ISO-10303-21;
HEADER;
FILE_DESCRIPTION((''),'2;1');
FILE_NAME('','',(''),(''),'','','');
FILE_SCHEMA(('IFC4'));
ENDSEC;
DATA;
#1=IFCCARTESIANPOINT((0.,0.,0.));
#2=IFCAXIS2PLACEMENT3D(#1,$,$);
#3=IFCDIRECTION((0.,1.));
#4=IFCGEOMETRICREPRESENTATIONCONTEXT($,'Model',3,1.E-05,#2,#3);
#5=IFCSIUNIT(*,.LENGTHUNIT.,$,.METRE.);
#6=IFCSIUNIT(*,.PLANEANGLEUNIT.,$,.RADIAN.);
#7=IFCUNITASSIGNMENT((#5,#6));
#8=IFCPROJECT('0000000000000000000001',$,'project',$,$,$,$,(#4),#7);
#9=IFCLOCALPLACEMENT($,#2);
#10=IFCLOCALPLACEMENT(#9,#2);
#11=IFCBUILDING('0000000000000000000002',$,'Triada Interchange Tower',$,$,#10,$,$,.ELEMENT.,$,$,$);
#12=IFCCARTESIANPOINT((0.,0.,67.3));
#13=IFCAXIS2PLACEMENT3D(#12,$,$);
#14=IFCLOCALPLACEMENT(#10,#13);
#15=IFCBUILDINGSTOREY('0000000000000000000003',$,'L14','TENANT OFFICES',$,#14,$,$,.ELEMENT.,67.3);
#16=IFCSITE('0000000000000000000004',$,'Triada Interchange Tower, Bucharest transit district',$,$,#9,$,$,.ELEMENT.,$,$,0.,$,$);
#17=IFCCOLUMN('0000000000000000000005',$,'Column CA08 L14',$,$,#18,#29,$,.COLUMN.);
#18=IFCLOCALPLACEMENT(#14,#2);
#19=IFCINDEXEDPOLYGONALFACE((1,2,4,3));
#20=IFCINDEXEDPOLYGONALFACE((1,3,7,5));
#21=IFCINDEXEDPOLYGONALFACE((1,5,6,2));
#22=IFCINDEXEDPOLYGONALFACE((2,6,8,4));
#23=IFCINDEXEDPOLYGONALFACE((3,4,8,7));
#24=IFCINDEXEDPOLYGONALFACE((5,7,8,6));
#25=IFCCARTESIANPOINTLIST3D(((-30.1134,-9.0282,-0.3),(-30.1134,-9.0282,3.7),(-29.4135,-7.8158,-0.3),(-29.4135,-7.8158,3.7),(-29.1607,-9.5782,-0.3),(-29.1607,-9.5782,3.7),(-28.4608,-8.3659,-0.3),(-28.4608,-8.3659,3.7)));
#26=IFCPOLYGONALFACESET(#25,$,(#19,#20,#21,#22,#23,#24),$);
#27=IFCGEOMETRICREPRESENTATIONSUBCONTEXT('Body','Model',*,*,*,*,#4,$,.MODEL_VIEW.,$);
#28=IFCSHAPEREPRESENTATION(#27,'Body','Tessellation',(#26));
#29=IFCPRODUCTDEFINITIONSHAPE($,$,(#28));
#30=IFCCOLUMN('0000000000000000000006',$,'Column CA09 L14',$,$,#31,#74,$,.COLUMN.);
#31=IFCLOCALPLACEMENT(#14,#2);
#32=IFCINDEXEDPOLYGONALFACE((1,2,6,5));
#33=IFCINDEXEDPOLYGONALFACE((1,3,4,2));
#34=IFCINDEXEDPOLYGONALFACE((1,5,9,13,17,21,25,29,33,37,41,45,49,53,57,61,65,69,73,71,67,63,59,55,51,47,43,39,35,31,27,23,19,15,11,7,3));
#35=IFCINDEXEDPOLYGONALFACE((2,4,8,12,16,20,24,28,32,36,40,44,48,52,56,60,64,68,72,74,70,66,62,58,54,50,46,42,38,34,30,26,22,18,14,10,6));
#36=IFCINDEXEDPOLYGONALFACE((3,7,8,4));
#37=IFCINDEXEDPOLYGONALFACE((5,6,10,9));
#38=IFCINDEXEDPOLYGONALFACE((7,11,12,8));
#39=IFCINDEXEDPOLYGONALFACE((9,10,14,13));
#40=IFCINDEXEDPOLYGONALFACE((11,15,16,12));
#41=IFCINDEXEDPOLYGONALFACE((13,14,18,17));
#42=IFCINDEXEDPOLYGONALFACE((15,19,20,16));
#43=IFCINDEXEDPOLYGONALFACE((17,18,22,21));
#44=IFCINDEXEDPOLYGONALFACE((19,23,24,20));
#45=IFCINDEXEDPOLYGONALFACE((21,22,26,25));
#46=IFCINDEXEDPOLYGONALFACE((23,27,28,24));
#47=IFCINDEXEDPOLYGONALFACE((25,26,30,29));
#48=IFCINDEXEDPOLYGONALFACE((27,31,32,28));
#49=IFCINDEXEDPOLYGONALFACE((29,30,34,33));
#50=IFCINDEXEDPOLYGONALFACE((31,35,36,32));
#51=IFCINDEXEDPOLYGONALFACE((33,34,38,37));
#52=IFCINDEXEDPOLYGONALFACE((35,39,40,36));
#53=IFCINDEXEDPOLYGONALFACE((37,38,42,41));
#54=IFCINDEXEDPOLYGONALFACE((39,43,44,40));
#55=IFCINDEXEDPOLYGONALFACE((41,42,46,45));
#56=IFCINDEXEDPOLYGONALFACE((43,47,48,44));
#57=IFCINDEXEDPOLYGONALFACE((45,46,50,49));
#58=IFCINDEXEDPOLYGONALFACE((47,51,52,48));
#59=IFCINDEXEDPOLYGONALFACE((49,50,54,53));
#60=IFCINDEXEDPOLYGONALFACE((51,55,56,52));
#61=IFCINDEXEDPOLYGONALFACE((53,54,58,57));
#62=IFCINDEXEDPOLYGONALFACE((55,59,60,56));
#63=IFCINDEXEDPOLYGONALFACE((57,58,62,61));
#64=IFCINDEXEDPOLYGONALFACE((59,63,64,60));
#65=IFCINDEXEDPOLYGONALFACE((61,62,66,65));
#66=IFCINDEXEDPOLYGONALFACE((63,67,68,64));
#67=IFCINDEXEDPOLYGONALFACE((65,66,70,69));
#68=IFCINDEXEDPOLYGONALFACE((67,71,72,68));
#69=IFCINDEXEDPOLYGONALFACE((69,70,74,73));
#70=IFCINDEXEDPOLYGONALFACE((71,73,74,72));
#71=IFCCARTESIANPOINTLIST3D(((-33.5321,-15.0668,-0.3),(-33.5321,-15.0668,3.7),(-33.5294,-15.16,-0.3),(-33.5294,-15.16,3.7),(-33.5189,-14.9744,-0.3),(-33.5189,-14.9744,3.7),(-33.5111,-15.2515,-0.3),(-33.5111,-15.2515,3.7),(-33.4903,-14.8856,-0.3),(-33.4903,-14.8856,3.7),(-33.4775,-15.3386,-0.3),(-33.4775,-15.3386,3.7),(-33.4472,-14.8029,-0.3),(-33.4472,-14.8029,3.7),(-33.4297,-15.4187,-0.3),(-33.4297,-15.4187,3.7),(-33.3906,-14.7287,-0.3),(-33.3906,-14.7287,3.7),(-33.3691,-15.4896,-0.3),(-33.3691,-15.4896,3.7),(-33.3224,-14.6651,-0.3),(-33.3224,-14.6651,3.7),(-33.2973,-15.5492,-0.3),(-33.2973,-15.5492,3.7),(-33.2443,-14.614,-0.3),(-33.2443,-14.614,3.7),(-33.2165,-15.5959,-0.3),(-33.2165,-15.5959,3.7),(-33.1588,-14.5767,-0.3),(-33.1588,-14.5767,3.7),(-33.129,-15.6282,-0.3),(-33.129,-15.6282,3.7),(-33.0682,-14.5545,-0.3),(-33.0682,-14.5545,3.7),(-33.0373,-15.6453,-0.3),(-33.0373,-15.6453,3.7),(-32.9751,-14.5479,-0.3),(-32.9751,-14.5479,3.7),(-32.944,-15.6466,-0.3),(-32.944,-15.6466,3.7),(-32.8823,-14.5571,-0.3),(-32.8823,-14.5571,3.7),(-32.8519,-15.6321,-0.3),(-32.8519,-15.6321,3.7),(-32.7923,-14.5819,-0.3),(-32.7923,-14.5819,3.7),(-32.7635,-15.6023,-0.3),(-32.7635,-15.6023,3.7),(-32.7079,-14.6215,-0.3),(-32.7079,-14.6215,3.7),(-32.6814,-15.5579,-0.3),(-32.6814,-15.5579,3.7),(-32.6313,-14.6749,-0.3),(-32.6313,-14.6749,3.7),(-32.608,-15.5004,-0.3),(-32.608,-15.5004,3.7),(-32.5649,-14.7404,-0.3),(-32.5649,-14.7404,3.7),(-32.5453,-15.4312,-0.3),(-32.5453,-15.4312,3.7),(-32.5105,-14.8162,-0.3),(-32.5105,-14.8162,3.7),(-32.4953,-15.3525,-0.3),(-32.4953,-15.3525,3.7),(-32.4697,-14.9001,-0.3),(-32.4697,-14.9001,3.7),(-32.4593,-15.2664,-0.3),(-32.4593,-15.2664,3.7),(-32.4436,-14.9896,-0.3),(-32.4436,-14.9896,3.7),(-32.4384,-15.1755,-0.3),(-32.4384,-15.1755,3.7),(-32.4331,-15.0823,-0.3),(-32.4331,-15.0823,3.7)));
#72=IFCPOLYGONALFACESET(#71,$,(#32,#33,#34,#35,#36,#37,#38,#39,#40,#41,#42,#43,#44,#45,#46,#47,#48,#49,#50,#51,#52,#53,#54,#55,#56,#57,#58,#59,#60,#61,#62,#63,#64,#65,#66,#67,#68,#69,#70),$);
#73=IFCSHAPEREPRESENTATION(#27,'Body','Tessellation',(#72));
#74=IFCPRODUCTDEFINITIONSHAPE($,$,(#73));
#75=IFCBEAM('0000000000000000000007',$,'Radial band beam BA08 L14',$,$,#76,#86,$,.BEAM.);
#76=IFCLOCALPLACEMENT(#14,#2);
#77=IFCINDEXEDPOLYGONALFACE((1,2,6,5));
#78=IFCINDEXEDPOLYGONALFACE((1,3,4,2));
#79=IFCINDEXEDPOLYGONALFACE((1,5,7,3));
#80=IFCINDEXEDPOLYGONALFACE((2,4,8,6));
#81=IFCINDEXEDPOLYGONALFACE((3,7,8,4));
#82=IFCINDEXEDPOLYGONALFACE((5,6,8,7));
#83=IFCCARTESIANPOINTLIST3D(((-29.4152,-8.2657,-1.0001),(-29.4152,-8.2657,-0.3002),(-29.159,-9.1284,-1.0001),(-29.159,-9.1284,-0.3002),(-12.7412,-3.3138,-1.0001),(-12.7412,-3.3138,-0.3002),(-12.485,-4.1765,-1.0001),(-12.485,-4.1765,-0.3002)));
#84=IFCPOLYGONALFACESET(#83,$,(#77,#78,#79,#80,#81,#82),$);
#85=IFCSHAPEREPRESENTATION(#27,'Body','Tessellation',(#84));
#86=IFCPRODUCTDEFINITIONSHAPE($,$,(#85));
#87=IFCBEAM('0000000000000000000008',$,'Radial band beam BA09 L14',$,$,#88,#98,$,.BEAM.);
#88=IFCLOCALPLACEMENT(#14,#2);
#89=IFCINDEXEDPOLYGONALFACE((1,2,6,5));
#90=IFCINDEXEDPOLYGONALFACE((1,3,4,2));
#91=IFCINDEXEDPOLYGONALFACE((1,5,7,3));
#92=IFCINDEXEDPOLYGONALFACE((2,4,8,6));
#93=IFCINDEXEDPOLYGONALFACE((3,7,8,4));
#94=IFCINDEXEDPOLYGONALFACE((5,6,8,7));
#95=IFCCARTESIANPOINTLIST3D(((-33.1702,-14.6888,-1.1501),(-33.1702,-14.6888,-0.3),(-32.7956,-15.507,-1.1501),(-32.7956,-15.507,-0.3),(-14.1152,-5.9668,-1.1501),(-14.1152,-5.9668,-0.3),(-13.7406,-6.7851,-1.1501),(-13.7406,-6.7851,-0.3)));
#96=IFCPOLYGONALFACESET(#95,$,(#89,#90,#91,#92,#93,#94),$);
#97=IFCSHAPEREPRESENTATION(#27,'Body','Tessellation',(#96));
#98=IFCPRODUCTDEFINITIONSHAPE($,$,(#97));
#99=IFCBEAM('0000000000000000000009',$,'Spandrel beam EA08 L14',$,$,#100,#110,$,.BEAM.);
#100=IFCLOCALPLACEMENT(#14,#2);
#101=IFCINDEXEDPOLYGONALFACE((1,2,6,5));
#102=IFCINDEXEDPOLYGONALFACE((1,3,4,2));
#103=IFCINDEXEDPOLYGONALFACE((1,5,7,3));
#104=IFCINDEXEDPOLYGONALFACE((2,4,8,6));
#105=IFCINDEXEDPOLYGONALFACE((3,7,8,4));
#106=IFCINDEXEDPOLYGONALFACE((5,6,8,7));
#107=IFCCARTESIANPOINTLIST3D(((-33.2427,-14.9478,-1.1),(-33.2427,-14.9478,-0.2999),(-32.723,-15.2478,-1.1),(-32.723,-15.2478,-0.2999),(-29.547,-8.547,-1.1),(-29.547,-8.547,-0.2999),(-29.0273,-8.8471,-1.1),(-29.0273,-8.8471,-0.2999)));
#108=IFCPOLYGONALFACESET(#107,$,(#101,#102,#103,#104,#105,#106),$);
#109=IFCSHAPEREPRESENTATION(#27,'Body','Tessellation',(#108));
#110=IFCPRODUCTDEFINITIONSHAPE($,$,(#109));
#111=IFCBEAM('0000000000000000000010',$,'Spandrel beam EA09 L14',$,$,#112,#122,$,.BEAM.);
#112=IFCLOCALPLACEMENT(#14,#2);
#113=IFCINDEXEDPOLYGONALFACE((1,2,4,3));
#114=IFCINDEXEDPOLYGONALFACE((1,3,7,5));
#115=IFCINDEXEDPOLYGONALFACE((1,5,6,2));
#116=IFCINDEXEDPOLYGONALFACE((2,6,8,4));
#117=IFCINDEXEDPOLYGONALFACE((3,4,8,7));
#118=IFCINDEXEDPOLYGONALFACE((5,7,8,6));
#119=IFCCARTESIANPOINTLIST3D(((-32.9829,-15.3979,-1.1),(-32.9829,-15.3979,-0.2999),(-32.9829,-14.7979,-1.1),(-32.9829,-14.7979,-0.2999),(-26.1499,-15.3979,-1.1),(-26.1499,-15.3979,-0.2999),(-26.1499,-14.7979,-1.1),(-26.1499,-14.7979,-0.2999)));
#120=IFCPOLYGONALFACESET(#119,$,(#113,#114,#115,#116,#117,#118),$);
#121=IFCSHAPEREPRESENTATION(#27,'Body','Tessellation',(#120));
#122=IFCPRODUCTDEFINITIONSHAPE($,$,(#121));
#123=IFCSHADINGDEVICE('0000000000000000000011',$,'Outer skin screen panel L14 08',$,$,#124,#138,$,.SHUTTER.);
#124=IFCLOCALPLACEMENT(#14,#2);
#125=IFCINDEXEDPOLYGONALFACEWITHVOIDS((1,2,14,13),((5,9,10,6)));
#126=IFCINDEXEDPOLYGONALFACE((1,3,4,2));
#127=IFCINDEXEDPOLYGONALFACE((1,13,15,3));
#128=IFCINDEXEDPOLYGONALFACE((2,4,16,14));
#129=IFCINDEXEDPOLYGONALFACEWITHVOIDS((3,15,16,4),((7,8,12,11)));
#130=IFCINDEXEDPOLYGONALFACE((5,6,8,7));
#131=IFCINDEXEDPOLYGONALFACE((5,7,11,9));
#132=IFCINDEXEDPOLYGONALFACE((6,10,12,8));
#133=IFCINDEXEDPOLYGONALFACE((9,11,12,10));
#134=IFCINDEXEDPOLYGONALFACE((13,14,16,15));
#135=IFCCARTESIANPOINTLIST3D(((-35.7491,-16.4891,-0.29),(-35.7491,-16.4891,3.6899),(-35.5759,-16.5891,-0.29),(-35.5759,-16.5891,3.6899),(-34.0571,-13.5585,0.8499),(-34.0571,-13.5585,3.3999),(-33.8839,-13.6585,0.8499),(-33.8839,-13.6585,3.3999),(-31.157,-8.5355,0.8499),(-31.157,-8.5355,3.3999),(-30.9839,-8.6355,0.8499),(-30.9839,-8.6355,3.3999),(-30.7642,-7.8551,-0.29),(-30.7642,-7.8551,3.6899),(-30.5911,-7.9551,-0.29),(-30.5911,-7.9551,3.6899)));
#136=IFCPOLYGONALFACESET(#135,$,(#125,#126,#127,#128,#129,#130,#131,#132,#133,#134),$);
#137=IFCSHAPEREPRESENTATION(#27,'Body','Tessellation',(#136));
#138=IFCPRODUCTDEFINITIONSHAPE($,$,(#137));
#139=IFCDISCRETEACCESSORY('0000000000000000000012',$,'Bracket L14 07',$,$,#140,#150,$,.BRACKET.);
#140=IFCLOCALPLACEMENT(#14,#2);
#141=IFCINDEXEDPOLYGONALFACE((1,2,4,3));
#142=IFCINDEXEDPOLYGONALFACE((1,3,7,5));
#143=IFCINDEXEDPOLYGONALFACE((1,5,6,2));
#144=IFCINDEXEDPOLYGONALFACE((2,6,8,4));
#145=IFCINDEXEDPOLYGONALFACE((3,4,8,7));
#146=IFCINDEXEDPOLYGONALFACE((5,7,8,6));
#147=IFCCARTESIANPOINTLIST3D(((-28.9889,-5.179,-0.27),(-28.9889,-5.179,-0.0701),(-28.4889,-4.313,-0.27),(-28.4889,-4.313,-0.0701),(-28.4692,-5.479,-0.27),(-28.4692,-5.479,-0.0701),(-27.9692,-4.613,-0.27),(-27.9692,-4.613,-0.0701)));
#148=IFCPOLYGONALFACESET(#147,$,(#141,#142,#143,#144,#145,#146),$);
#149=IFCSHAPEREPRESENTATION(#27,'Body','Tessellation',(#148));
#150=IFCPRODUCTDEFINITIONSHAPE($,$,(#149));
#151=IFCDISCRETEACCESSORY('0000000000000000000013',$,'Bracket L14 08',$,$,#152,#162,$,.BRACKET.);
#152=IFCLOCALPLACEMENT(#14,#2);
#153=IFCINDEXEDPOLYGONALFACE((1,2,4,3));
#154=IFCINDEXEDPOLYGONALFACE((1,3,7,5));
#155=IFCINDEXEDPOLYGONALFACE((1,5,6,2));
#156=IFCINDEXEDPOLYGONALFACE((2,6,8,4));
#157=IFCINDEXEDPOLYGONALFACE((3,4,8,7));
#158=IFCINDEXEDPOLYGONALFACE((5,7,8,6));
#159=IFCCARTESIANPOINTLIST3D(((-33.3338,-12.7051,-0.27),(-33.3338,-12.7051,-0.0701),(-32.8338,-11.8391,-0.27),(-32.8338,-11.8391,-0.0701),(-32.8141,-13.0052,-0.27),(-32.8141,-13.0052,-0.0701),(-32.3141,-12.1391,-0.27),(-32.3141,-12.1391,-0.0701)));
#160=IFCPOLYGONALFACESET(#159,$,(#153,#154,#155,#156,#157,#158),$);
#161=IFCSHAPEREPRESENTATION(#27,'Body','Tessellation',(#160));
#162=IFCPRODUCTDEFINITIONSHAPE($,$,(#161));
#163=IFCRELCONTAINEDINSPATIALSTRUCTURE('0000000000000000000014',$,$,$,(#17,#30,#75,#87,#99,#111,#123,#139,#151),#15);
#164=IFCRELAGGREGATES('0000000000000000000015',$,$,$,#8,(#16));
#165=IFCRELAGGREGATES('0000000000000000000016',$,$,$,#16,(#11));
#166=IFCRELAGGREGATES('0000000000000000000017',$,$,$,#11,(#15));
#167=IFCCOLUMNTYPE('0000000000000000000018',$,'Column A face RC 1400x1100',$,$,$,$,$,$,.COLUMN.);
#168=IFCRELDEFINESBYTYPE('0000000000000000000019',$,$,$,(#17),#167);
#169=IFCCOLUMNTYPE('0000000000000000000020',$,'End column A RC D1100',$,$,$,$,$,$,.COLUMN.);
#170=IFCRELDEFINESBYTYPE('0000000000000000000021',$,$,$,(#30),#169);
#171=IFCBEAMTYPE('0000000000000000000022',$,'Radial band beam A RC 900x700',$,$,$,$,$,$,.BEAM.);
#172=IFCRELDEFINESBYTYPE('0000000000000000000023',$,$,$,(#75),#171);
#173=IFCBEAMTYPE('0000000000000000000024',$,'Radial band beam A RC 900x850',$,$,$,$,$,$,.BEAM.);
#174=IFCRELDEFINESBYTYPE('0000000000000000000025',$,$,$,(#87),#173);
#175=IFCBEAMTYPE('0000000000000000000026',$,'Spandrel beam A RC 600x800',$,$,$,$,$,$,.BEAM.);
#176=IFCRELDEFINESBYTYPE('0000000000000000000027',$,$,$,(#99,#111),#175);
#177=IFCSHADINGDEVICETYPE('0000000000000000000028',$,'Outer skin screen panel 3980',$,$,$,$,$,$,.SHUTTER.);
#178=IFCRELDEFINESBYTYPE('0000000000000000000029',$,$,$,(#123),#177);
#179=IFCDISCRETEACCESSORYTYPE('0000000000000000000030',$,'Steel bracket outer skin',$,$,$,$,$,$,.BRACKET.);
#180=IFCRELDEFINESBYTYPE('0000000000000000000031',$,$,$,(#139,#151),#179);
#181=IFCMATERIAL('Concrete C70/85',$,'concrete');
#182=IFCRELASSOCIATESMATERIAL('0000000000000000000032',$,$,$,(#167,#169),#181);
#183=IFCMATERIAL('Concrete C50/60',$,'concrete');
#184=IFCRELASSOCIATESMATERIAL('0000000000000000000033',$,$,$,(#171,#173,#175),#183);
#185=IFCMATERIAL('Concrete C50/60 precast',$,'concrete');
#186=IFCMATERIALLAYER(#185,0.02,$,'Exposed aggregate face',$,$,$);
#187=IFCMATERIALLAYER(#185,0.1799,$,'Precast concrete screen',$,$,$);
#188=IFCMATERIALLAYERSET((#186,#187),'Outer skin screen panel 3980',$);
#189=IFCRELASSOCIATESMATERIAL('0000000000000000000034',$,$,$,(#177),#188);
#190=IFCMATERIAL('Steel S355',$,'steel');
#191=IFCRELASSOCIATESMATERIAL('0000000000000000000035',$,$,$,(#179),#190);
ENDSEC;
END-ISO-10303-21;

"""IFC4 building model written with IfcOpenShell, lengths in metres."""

from ifc_helpers import new_model, si_unit, direction, frame, origin, origin_2d, place, context, subcontext, project, spatial, polyline, rectangle, circle, outline, extrude, material, layer, layer_set, material_profile, profile_set, type_object, element, save


model = new_model("IFC4")

# Units and contexts
model_context = context("Model", 3, precision=1e-05, world=origin(), true_north=direction((0.0, 1.0)))
body_context = subcontext(model_context, "Body", "Model", "MODEL_VIEW")
ifc_project = project(units=[si_unit("LENGTHUNIT", "METRE"), si_unit("PLANEANGLEUNIT", "RADIAN")], contexts=[model_context])

# Site, building, storey
site_placement = place(None, origin())
site = spatial("IfcSite", under=ifc_project, at=site_placement, Name="Triada Interchange Tower, Bucharest transit district", CompositionType="ELEMENT", RefElevation=0.0)
building_placement = place(site_placement, origin())
building = spatial("IfcBuilding", under=site, at=building_placement, Name="Triada Interchange Tower", CompositionType="ELEMENT")
storey_placement = place(building_placement, frame((0.0, 0.0, 67.3)))
storey = spatial("IfcBuildingStorey", under=building, at=storey_placement, Name="L14", Description="TENANT OFFICES", CompositionType="ELEMENT", Elevation=67.3)

# Columns
ifc_material_1 = material(Name="Concrete C70/85", Category="concrete")
ifc_material_profile_1 = material_profile(ifc_material_1, rectangle(XDim=1.3999, YDim=1.1001, at=origin_2d()), Name="RC 1400x1100")
ifc_profile_set_1 = profile_set([ifc_material_profile_1], Name="Concrete C70/85")
column_type_1 = type_object("IfcColumnType", Name="Column A face RC 1400x1100", PredefinedType="COLUMN", material=ifc_profile_set_1)
column_1_placement = place(storey_placement, frame((-29.2871, -8.697, -0.3), z_axis=(0.0, 0.0, 1.0), x_axis=(0.5, 0.866025, 0.0)))
element("IfcColumn", 1, at=column_1_placement, inside=storey, type_object=column_type_1, Name="Column CA08 L14", PredefinedType="COLUMN", context=body_context, shape_type="SweptSolid", body=[
    extrude(rectangle(XDim=1.3999, YDim=1.1001, at=origin_2d()), origin(), (0.0, 0.0, 1.0), 4.0),
])
ifc_material_profile_2 = material_profile(ifc_material_1, circle(Radius=0.55, at=origin_2d()), Name="RC D1100")
ifc_profile_set_2 = profile_set([ifc_material_profile_2], Name="Concrete C70/85")
column_type_2 = type_object("IfcColumnType", Name="End column A RC D1100", PredefinedType="COLUMN", material=ifc_profile_set_2)
column_2_placement = place(storey_placement, frame((-32.9829, -15.0979, -0.3), z_axis=(0.0, 0.0, 1.0), x_axis=(0.5, 0.866025, 0.0)))
element("IfcColumn", 2, at=column_2_placement, inside=storey, type_object=column_type_2, Name="Column CA09 L14", PredefinedType="COLUMN", context=body_context, shape_type="SweptSolid", body=[
    extrude(circle(Radius=0.55, at=origin_2d()), origin(), (0.0, 0.0, 1.0), 4.0),
])

# Beams
ifc_material_2 = material(Name="Concrete C50/60", Category="concrete")
ifc_material_profile_3 = material_profile(ifc_material_2, rectangle(XDim=0.8999, YDim=0.7, at=origin_2d()), Name="RC 900x700")
ifc_profile_set_3 = profile_set([ifc_material_profile_3], Name="Concrete C50/60")
beam_type_1 = type_object("IfcBeamType", Name="Radial band beam A RC 900x700", PredefinedType="BEAM", material=ifc_profile_set_3)
beam_1_placement = place(storey_placement, frame((-29.2871, -8.697, -0.6501), z_axis=(0.958619, 0.284693, 0.0), x_axis=(-0.284693, 0.958619, 0.0)))
element("IfcBeam", 3, at=beam_1_placement, inside=storey, type_object=beam_type_1, Name="Radial band beam BA08 L14", PredefinedType="BEAM", context=body_context, shape_type="SweptSolid", body=[
    extrude(rectangle(XDim=0.8999, YDim=0.7, at=origin_2d()), origin(), (0.0, 0.0, 1.0), 17.3938),
])
ifc_material_profile_4 = material_profile(ifc_material_2, rectangle(XDim=0.8999, YDim=0.8501, at=origin_2d()), Name="RC 900x850")
ifc_profile_set_4 = profile_set([ifc_material_profile_4], Name="Concrete C50/60")
beam_type_2 = type_object("IfcBeamType", Name="Radial band beam A RC 900x850", PredefinedType="BEAM", material=ifc_profile_set_4)
beam_2_placement = place(storey_placement, frame((-32.9829, -15.0979, -0.7251), z_axis=(0.909274, 0.416198, 0.0), x_axis=(-0.416198, 0.909274, 0.0)))
element("IfcBeam", 4, at=beam_2_placement, inside=storey, type_object=beam_type_2, Name="Radial band beam BA09 L14", PredefinedType="BEAM", context=body_context, shape_type="SweptSolid", body=[
    extrude(rectangle(XDim=0.8999, YDim=0.8501, at=origin_2d()), origin(), (0.0, 0.0, 1.0), 20.9563),
])
ifc_material_profile_5 = material_profile(ifc_material_2, rectangle(XDim=0.6001, YDim=0.8, at=origin_2d()), Name="RC 600x800")
ifc_profile_set_5 = profile_set([ifc_material_profile_5], Name="Concrete C50/60")
beam_type_3 = type_object("IfcBeamType", Name="Spandrel beam A RC 600x800", PredefinedType="BEAM", material=ifc_profile_set_5)
beam_3_placement = place(storey_placement, frame((-29.2871, -8.697, -0.7), z_axis=(-0.500026, -0.866011, 0.0), x_axis=(0.866011, -0.500026, 0.0)))
element("IfcBeam", 5, at=beam_3_placement, inside=storey, type_object=beam_type_3, Name="Spandrel beam EA08 L14", PredefinedType="BEAM", context=body_context, shape_type="SweptSolid", body=[
    extrude(rectangle(XDim=0.6001, YDim=0.8, at=origin_2d()), origin(), (0.0, 0.0, 1.0), 7.3911),
])
beam_4_placement = place(storey_placement, frame((-32.9829, -15.0979, -0.7), z_axis=(1.0, 0.0, 0.0), x_axis=(0.0, 1.0, 0.0)))
element("IfcBeam", 6, at=beam_4_placement, inside=storey, type_object=beam_type_3, Name="Spandrel beam EA09 L14", PredefinedType="BEAM", context=body_context, shape_type="SweptSolid", body=[
    extrude(rectangle(XDim=0.6001, YDim=0.8, at=origin_2d()), origin(), (0.0, 0.0, 1.0), 6.833),
])

# Shading device
ifc_material_3 = material(Name="Concrete C50/60 precast", Category="concrete")
ifc_layer_1 = layer(ifc_material_3, 0.02, Name="Exposed aggregate face")
ifc_layer_2 = layer(ifc_material_3, 0.1799, Name="Precast concrete screen")
ifc_layer_set = layer_set([ifc_layer_1, ifc_layer_2], Name="Outer skin screen panel 3980")
shading_device_type = type_object("IfcShadingDeviceType", Name="Outer skin screen panel 3980", PredefinedType="SHUTTER", material=ifc_layer_set)
shading_device_placement = place(storey_placement, frame((-30.5911, -7.9551, -0.29), z_axis=(0.0, 0.0, 1.0), x_axis=(-0.5, -0.866025, 0.0)))
element("IfcShadingDevice", 7, at=shading_device_placement, inside=storey, type_object=shading_device_type, Name="Outer skin screen panel L14 08", PredefinedType="SHUTTER", context=body_context, shape_type="SweptSolid", body=[
    extrude(outline(polyline([(0.0, 0.0), (9.9697, 0.0), (9.9697, 3.98), (0.0, 3.98), (0.0, 0.0)]), holes=[polyline([(0.7856, 1.1399), (0.7856, 3.6899), (6.5857, 3.6899), (6.5857, 1.1399), (0.7856, 1.1399)])]), frame((0.0, 0.0, 0.0), z_axis=(0.0, -1.0, 0.0), x_axis=(1.0, 0.0, 0.0)), (0.0, 0.0, 1.0), 0.2),
])

# Discrete accessories
ifc_material_4 = material(Name="Steel S355", Category="steel")
discrete_accessory_type = type_object("IfcDiscreteAccessoryType", Name="Steel bracket outer skin", PredefinedType="BRACKET", material=ifc_material_4)
for number, where, z_axis, x_axis, name in (
    (8, (-28.479, -4.896, -0.27), (0.0, 0.0, 1.0), (-0.866022, 0.500006, 0.0), "Bracket L14 07"),
    (9, (-32.824, -12.4221, -0.27), (0.0, 0.0, 1.0), (-0.866022, 0.500006, 0.0), "Bracket L14 08"),
):
    element("IfcDiscreteAccessory", number, at=place(storey_placement, frame(where, z_axis=z_axis, x_axis=x_axis)), inside=storey, type_object=discrete_accessory_type, Name=name, PredefinedType="BRACKET", context=body_context, shape_type="SweptSolid", body=[
        extrude(rectangle(XDim=0.6001, YDim=1.0, at=origin_2d()), origin(), (0.0, 0.0, 1.0), 0.2),
    ])

save(model, "model.ifc")
